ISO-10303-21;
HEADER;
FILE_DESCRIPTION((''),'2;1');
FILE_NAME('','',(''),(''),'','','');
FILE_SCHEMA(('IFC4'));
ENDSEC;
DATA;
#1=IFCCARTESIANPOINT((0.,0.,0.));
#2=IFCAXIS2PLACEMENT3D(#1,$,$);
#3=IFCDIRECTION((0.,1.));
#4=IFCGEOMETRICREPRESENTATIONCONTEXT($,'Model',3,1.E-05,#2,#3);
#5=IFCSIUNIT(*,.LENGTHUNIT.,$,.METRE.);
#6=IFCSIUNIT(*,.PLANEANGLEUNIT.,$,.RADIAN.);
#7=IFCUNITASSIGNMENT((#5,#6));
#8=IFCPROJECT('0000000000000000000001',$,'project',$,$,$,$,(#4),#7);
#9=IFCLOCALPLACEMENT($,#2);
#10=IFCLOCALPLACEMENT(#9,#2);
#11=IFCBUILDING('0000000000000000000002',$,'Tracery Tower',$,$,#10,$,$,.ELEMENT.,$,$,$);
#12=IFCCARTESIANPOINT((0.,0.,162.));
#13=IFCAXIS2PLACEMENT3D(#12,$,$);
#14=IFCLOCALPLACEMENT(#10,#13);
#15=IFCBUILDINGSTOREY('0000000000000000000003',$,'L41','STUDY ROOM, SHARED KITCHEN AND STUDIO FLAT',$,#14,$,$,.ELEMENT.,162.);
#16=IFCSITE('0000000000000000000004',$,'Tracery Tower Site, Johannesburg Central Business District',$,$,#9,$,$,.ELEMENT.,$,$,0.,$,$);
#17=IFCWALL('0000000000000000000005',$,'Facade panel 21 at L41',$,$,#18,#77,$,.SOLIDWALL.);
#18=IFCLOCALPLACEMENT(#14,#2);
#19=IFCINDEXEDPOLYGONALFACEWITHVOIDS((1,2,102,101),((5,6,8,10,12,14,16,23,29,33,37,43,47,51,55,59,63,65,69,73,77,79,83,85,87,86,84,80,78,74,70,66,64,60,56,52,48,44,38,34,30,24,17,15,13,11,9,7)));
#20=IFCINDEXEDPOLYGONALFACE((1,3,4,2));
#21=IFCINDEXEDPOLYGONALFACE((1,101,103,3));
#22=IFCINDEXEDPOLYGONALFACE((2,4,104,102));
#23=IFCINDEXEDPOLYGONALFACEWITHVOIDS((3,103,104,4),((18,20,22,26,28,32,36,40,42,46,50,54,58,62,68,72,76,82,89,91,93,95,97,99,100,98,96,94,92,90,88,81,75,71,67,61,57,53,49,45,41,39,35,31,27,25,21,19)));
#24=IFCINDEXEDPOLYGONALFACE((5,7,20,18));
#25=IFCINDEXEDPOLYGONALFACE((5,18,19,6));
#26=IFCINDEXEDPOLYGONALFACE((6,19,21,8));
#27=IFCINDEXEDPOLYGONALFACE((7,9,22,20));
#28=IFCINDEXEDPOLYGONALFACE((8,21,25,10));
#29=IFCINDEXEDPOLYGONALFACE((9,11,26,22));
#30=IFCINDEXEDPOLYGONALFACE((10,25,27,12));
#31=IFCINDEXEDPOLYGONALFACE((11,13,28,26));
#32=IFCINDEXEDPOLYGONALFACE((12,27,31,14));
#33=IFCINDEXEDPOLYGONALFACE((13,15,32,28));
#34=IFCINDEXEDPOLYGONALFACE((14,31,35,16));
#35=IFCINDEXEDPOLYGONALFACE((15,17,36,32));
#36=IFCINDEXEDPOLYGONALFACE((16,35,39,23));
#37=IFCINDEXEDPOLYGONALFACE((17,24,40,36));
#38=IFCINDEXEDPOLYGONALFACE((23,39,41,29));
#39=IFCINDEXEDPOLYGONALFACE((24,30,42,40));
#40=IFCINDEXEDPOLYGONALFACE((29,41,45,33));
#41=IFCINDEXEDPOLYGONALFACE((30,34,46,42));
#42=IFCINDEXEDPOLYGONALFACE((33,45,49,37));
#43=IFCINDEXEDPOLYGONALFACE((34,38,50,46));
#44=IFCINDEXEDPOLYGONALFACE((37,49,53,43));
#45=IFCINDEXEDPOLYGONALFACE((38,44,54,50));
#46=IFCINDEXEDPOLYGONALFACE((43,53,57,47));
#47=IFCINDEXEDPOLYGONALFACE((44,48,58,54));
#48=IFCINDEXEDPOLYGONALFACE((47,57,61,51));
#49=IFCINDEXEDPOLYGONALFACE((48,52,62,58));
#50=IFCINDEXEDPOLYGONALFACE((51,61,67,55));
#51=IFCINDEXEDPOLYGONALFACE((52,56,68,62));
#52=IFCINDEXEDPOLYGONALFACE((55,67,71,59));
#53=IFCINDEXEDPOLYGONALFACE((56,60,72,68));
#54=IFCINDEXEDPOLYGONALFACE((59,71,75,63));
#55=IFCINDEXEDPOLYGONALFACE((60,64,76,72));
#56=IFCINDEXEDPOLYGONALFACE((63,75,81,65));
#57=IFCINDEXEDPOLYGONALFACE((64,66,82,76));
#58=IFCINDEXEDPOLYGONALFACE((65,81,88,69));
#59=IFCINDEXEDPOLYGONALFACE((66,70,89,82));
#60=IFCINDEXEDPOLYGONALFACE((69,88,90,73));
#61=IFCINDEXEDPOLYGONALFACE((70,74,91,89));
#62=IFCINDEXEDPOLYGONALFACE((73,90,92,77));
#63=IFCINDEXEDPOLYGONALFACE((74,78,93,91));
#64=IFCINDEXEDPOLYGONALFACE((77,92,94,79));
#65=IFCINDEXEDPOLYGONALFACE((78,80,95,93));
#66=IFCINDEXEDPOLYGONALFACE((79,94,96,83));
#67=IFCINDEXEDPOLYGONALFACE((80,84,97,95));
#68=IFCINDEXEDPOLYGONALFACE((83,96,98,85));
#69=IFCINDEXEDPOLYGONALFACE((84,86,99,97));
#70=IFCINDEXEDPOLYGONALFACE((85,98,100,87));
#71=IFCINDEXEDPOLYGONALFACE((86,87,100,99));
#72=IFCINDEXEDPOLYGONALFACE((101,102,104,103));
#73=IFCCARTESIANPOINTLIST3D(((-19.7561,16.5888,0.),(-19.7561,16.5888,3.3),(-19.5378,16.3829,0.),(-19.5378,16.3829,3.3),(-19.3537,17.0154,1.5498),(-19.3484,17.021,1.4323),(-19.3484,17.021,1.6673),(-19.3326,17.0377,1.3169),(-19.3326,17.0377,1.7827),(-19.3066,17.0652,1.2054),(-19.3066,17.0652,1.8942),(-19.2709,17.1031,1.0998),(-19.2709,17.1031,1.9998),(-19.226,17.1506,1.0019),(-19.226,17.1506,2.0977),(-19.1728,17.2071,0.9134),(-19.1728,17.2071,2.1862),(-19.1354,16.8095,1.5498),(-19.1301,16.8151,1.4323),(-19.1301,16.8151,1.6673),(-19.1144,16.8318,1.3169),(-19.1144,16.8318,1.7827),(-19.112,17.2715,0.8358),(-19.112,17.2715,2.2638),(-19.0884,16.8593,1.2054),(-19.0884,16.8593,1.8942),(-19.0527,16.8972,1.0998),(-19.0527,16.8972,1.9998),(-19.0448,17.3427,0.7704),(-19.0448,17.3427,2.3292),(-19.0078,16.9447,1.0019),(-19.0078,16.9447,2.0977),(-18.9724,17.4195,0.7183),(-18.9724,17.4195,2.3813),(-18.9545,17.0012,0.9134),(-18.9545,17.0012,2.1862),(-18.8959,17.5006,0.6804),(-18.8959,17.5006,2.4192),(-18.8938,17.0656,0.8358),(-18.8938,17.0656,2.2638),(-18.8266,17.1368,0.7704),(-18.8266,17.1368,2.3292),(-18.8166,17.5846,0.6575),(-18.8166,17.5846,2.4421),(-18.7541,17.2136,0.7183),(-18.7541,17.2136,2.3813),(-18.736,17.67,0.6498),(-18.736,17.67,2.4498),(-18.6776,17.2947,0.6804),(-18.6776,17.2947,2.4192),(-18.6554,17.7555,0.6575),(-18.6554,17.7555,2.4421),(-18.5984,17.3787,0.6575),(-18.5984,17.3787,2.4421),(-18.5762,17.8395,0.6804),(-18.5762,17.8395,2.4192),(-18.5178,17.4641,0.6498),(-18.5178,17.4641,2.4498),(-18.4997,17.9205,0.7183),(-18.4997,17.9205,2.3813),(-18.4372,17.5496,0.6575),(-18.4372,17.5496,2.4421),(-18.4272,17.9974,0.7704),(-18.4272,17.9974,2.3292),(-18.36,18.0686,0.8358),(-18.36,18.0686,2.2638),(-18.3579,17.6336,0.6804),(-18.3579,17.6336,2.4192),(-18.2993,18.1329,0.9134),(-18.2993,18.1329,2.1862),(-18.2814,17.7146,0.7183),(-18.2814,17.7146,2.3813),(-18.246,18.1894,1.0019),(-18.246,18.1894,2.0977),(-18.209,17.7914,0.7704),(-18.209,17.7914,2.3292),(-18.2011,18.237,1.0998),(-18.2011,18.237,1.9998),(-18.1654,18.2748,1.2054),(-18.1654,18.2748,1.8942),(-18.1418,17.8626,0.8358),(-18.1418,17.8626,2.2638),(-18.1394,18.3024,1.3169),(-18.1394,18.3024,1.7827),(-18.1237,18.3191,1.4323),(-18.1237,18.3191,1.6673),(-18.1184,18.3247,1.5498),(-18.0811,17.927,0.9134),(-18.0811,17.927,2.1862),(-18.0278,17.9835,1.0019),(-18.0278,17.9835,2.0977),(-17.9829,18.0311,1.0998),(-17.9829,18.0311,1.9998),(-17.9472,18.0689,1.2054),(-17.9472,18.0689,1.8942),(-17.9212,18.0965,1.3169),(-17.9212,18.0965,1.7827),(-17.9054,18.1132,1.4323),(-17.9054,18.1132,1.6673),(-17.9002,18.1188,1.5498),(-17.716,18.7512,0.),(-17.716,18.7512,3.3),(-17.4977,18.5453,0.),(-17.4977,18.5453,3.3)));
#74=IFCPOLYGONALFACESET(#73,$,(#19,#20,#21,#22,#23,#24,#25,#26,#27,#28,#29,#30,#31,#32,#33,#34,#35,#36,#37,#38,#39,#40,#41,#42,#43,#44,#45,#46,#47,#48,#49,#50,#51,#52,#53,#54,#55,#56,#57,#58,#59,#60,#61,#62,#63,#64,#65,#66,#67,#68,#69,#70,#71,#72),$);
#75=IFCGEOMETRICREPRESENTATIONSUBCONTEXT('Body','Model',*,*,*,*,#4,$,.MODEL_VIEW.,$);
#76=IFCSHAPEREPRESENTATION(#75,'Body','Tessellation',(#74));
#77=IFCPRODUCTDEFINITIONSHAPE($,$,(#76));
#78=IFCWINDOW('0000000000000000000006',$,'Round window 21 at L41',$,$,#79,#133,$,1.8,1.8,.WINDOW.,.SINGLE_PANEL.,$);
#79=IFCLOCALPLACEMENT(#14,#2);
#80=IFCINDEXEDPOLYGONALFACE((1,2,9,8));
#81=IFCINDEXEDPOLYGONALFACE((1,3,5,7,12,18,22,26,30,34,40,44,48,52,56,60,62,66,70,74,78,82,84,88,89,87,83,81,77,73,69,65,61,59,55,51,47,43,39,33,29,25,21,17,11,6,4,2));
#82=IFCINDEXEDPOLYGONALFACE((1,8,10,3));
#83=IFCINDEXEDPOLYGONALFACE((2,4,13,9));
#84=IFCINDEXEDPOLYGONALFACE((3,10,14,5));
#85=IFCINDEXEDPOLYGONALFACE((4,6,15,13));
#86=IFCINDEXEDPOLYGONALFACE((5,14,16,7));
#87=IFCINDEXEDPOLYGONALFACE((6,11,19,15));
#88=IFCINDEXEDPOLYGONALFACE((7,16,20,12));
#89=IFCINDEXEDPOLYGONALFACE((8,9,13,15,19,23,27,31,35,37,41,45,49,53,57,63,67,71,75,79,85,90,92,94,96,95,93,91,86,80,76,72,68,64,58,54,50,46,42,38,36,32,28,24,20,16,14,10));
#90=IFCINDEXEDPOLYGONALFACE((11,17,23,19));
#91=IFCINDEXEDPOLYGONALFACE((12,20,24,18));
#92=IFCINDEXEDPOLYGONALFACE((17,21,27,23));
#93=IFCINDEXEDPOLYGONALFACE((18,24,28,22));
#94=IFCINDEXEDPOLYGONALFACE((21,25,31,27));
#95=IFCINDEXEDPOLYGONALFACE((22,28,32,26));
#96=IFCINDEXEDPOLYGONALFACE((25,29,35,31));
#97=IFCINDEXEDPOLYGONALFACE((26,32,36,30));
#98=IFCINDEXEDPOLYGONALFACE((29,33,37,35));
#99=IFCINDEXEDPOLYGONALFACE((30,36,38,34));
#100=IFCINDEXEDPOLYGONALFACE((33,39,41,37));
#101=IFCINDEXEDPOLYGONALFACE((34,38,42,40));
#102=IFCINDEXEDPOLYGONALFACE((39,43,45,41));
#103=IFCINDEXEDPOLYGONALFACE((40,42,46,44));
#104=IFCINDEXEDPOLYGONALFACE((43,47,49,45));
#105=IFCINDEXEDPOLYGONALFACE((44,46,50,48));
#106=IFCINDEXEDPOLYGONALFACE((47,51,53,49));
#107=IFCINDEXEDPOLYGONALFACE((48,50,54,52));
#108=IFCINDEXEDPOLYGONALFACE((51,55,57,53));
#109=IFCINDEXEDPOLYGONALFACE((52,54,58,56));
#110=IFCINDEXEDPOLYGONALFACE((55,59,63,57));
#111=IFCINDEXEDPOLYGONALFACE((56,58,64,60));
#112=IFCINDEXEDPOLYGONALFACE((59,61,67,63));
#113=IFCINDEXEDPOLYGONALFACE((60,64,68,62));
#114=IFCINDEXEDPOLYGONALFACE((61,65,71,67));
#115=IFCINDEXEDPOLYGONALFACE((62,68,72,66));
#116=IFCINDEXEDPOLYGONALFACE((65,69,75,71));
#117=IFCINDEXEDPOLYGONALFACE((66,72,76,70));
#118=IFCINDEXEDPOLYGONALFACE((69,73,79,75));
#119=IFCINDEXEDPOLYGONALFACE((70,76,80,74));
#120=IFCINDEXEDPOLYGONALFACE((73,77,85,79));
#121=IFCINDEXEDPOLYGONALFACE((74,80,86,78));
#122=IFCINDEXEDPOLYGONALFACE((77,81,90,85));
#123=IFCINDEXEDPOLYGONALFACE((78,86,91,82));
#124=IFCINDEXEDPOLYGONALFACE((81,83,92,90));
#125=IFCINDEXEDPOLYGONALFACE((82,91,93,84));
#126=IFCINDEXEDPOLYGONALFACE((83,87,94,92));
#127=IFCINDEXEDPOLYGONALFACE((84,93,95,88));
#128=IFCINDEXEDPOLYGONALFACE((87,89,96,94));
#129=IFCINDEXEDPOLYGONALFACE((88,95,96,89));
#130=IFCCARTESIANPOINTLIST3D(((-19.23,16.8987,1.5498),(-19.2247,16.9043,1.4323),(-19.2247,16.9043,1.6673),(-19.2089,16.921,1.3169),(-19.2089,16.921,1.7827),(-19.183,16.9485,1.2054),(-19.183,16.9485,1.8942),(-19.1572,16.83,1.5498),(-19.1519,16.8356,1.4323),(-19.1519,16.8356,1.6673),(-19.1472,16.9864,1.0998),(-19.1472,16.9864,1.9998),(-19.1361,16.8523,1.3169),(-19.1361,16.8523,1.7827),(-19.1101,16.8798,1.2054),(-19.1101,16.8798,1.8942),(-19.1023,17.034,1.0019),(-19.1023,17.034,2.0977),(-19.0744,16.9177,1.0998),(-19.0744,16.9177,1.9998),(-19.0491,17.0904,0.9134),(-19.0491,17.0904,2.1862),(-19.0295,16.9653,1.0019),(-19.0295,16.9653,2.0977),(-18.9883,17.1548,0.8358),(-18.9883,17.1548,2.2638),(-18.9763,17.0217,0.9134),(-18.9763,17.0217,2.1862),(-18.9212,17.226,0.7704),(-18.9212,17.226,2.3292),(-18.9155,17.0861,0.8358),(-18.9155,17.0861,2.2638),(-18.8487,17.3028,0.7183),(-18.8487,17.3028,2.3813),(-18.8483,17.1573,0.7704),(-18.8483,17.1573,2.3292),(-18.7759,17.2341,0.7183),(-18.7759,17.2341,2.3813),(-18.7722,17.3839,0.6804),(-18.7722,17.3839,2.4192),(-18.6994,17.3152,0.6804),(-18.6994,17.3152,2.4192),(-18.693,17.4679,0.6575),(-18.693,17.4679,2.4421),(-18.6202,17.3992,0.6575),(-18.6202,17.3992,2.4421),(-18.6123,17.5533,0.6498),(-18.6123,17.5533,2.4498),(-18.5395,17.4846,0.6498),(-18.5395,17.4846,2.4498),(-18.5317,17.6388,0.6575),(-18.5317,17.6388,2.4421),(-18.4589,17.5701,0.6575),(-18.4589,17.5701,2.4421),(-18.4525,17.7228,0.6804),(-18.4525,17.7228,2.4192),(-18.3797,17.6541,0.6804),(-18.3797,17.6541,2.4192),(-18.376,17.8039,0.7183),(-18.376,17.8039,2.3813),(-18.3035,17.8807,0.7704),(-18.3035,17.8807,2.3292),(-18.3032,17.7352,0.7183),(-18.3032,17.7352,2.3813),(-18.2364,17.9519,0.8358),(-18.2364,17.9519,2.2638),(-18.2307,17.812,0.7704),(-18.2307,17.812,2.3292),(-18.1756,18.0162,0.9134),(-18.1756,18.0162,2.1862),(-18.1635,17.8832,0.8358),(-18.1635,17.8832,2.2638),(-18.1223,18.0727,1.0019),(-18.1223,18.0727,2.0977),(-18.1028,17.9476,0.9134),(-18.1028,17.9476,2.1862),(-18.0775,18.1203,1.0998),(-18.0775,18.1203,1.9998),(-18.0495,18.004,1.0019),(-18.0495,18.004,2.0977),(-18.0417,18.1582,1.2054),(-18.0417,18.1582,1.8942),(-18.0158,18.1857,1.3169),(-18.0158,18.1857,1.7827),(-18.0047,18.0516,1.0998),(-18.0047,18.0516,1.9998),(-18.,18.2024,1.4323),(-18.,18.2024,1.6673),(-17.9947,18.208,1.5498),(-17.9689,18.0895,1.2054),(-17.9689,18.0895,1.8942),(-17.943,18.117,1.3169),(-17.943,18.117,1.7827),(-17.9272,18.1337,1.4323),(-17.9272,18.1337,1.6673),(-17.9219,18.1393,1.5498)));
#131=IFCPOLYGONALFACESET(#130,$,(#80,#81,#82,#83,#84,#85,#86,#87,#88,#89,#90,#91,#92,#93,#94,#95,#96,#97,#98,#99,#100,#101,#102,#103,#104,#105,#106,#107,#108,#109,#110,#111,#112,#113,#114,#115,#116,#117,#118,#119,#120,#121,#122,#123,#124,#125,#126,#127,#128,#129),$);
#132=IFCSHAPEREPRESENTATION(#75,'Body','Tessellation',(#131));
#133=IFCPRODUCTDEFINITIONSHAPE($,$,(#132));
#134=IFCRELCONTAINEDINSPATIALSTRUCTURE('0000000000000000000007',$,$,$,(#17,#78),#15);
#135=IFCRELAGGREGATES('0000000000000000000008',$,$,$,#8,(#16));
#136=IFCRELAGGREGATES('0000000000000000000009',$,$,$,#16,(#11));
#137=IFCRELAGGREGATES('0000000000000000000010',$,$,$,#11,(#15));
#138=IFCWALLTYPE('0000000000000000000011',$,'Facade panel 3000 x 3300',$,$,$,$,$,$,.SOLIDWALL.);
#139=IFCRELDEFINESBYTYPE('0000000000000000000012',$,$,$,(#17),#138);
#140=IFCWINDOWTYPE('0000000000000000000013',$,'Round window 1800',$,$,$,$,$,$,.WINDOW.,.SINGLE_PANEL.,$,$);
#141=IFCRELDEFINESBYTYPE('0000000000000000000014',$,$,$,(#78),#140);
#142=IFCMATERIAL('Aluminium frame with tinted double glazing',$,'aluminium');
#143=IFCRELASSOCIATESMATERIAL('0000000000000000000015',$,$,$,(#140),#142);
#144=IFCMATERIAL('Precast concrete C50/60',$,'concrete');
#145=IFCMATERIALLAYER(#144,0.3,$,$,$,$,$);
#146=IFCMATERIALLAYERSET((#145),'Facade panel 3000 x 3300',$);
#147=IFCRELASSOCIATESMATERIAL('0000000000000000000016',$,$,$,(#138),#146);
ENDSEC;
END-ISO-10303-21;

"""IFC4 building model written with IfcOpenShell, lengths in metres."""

from ifc_helpers import new_model, si_unit, direction, frame, frame_2d, origin, origin_2d, place, context, subcontext, project, spatial, rectangle, circle, extrude, material, layer, layer_set, type_object, element, fill, save


model = new_model("IFC4")

# Units and contexts
model_context = context("Model", 3, precision=1e-05, world=origin(), true_north=direction((0.0, 1.0)))
body_context = subcontext(model_context, "Body", "Model", "MODEL_VIEW")
ifc_project = project(units=[si_unit("LENGTHUNIT", "METRE"), si_unit("PLANEANGLEUNIT", "RADIAN")], contexts=[model_context])

# Site, building, storey
site_placement = place(None, origin())
site = spatial("IfcSite", under=ifc_project, at=site_placement, Name="Tracery Tower Site, Johannesburg Central Business District", CompositionType="ELEMENT", RefElevation=0.0)
building_placement = place(site_placement, origin())
building = spatial("IfcBuilding", under=site, at=building_placement, Name="Tracery Tower", CompositionType="ELEMENT")
storey_placement = place(building_placement, frame((0.0, 0.0, 162.0)))
storey = spatial("IfcBuildingStorey", under=building, at=storey_placement, Name="L41", Description="STUDY ROOM, SHARED KITCHEN AND STUDIO FLAT", CompositionType="ELEMENT", Elevation=162.0)

# Wall, opening, window
ifc_material_1 = material(Name="Aluminium frame with tinted double glazing", Category="aluminium")
window_type = type_object("IfcWindowType", Name="Round window 1800", PartitioningType="SINGLE_PANEL", PredefinedType="WINDOW", material=ifc_material_1)
ifc_material_2 = material(Name="Precast concrete C50/60", Category="concrete")
ifc_layer_1 = layer(ifc_material_2, 0.3)
ifc_layer_set_1 = layer_set([ifc_layer_1], Name="Facade panel 3000 x 3300")
wall_type_1 = type_object("IfcWallType", Name="Facade panel 3000 x 3300", PredefinedType="SOLIDWALL", material=ifc_layer_set_1)
wall_1_placement = place(storey_placement, frame((-17.6069, 18.6482, 0.0), z_axis=(0.0, 0.0, 1.0), x_axis=(-0.686235, -0.72738, 0.0)))
wall_1 = element("IfcWall", 1, at=wall_1_placement, inside=storey, type_object=wall_type_1, Name="Facade panel 21 at L41", PredefinedType="SOLIDWALL", context=body_context, shape_type="SweptSolid", body=[
    extrude(rectangle(XDim=2.9729, YDim=0.3, at=frame_2d((1.4863, 0.0))), origin(), (0.0, 0.0, 1.0), 3.3),
])
opening_1_placement = place(wall_1_placement, frame((1.4863, 0.0, 1.5498)))
opening_1 = element("IfcOpeningElement", 2, at=opening_1_placement, cuts=wall_1, PredefinedType="OPENING", context=body_context, shape_type="SweptSolid", body=[
    extrude(circle(Radius=0.9, at=origin_2d()), frame((0.0, 0.1599, 0.0), z_axis=(0.0, -1.0, 0.0), x_axis=(1.0, 0.0, 0.0)), (0.0, 0.0, 1.0), 0.3201),
])
window_1_placement = place(opening_1_placement, origin())
window_1 = element("IfcWindow", 3, at=window_1_placement, inside=storey, type_object=window_type, Name="Round window 21 at L41", OverallHeight=1.8, OverallWidth=1.8, PartitioningType="SINGLE_PANEL", PredefinedType="WINDOW", context=body_context, shape_type="SweptSolid", body=[
    extrude(circle(Radius=0.9, at=origin_2d()), frame((0.0, 0.1201, 0.0), z_axis=(0.0, -1.0, 0.0), x_axis=(1.0, 0.0, 0.0)), (0.0, 0.0, 1.0), 0.1001),
])
fill(opening_1, window_1)

save(model, "model.ifc")
